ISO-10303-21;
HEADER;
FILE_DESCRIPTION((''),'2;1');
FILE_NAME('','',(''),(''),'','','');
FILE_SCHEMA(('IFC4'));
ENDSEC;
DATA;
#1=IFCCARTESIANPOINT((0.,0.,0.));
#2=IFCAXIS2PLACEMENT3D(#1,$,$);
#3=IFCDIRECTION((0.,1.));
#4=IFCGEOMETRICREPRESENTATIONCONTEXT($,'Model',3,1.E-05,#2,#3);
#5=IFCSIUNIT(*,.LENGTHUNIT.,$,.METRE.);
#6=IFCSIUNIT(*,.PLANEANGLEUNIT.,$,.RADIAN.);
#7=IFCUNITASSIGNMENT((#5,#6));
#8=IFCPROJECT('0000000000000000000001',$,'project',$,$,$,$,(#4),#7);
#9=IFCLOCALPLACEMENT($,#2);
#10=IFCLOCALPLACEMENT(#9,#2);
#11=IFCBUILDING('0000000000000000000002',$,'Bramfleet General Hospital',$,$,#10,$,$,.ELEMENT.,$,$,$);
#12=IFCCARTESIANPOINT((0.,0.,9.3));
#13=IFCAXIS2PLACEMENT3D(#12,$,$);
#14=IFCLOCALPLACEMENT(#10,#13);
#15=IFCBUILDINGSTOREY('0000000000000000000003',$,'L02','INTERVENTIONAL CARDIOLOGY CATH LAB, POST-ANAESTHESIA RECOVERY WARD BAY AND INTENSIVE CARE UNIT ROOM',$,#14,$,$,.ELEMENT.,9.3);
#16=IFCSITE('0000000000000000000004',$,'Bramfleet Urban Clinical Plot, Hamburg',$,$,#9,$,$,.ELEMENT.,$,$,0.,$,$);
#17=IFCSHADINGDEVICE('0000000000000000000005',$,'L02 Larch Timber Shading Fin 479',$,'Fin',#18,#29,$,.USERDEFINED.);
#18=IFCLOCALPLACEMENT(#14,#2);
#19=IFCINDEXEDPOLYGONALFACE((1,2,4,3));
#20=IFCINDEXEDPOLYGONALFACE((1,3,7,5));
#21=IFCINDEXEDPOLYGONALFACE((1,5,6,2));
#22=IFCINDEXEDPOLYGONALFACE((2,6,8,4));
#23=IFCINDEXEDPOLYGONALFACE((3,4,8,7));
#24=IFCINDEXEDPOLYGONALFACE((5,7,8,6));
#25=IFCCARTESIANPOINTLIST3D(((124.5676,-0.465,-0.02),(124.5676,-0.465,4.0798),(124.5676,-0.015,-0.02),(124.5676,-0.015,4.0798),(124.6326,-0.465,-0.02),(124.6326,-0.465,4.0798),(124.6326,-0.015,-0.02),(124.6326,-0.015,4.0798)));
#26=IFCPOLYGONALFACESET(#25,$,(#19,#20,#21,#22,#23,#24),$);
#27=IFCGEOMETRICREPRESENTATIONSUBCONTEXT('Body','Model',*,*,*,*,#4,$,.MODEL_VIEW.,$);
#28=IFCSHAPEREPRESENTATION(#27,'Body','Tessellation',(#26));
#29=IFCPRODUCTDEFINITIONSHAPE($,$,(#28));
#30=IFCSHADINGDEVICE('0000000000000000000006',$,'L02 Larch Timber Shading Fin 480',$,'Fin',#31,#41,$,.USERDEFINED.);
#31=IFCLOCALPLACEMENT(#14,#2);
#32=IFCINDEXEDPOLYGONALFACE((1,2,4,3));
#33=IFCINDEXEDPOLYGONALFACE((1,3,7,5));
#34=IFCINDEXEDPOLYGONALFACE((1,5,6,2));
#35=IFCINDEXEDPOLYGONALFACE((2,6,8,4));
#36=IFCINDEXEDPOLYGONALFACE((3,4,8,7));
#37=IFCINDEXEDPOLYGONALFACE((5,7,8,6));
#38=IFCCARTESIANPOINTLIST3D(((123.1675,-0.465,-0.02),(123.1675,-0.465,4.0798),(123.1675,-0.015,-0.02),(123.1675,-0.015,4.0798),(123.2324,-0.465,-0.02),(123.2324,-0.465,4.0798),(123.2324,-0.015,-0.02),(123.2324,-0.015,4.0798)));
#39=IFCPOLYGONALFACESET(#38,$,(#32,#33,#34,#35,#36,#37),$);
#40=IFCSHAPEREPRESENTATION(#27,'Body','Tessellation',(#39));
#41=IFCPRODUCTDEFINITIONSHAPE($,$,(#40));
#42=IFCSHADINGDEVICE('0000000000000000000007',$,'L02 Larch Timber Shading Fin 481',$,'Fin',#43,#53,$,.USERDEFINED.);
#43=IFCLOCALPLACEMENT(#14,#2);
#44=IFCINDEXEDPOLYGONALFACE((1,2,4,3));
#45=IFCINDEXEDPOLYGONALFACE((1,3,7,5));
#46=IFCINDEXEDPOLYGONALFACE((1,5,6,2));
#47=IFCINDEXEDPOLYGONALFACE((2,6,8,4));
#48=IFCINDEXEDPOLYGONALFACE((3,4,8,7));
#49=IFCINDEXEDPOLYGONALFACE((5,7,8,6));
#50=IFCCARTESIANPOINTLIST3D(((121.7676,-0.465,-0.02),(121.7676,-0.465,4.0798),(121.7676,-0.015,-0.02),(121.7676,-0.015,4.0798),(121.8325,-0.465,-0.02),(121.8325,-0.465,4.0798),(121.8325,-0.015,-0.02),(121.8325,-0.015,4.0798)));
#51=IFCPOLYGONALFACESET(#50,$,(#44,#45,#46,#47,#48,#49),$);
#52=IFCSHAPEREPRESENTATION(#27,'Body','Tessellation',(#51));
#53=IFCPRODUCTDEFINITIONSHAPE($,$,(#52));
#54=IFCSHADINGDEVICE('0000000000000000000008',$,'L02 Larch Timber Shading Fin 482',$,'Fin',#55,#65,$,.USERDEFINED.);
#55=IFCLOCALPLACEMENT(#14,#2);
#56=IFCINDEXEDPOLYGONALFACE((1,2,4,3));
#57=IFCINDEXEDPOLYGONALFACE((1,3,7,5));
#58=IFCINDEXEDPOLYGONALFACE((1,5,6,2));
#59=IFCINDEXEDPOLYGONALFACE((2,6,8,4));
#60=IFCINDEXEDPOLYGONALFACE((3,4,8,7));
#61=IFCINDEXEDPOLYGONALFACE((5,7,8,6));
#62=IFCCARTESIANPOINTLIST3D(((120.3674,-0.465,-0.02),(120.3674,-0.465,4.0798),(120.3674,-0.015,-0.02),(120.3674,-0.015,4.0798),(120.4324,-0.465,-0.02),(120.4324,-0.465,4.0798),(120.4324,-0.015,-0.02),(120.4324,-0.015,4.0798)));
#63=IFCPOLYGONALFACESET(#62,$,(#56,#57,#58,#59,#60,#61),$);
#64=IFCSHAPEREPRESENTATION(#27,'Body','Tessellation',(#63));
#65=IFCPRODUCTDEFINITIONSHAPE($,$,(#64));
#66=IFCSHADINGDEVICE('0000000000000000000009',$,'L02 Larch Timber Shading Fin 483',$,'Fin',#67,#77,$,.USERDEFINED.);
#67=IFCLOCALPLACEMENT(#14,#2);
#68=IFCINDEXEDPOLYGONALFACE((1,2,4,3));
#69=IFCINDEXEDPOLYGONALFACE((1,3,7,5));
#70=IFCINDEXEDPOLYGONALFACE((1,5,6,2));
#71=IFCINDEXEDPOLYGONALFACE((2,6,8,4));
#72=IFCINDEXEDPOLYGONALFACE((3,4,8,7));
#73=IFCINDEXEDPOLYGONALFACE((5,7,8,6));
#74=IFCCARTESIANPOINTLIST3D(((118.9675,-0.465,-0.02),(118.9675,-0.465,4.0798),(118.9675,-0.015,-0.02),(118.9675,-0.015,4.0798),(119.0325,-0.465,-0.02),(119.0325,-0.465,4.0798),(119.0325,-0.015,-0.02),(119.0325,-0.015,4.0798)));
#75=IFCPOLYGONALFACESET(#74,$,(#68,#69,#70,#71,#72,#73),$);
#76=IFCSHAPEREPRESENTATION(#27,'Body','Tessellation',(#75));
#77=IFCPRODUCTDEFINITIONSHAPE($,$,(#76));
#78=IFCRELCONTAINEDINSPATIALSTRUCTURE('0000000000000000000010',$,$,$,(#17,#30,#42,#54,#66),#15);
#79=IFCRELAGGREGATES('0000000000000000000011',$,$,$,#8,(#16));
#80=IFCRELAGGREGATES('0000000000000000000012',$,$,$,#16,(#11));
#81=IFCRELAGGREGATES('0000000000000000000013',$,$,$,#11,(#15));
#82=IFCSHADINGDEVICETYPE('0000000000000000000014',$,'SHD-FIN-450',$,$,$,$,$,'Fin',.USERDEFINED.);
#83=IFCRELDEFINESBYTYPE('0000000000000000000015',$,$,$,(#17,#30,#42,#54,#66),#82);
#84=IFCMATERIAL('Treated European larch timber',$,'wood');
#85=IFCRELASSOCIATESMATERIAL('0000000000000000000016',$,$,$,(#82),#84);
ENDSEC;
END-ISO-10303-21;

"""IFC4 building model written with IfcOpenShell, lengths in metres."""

from ifc_helpers import new_model, si_unit, direction, frame, origin, origin_2d, place, context, subcontext, project, spatial, rectangle, extrude, material, material_profile, profile_set, type_object, element, save


model = new_model("IFC4")

# Units and contexts
model_context = context("Model", 3, precision=1e-05, world=origin(), true_north=direction((0.0, 1.0)))
body_context = subcontext(model_context, "Body", "Model", "MODEL_VIEW")
ifc_project = project(units=[si_unit("LENGTHUNIT", "METRE"), si_unit("PLANEANGLEUNIT", "RADIAN")], contexts=[model_context])

# Site, building, storey
site_placement = place(None, origin())
site = spatial("IfcSite", under=ifc_project, at=site_placement, Name="Bramfleet Urban Clinical Plot, Hamburg", CompositionType="ELEMENT", RefElevation=0.0)
building_placement = place(site_placement, origin())
building = spatial("IfcBuilding", under=site, at=building_placement, Name="Bramfleet General Hospital", CompositionType="ELEMENT")
storey_placement = place(building_placement, frame((0.0, 0.0, 9.3)))
storey = spatial("IfcBuildingStorey", under=building, at=storey_placement, Name="L02", Description="INTERVENTIONAL CARDIOLOGY CATH LAB, POST-ANAESTHESIA RECOVERY WARD BAY AND INTENSIVE CARE UNIT ROOM", CompositionType="ELEMENT", Elevation=9.3)

# Shading devices
ifc_material_1 = material(Name="Treated European larch timber", Category="wood")
ifc_material_profile_1 = material_profile(ifc_material_1, rectangle(XDim=0.0649, YDim=0.45, at=origin_2d()), Name="LARCH FIN 450x65")
ifc_profile_set_1 = profile_set([ifc_material_profile_1], Name="Treated European larch timber")
shading_device_type = type_object("IfcShadingDeviceType", Name="SHD-FIN-450", ElementType="Fin", PredefinedType="USERDEFINED", material=ifc_profile_set_1)
for number, where, z_axis, x_axis, name in (
    (1, (124.6001, -0.24, -0.02), (0.0, 0.0, 1.0), (-1.0, 0.0, 0.0), "L02 Larch Timber Shading Fin 479"),
    (2, (123.2, -0.24, -0.02), (0.0, 0.0, 1.0), (-1.0, 0.0, 0.0), "L02 Larch Timber Shading Fin 480"),
    (3, (121.8, -0.24, -0.02), (0.0, 0.0, 1.0), (-1.0, 0.0, 0.0), "L02 Larch Timber Shading Fin 481"),
    (4, (120.3999, -0.24, -0.02), (0.0, 0.0, 1.0), (-1.0, 0.0, 0.0), "L02 Larch Timber Shading Fin 482"),
    (5, (119.0, -0.24, -0.02), (0.0, 0.0, 1.0), (-1.0, 0.0, 0.0), "L02 Larch Timber Shading Fin 483"),
):
    element("IfcShadingDevice", number, at=place(storey_placement, frame(where, z_axis=z_axis, x_axis=x_axis)), inside=storey, type_object=shading_device_type, Name=name, ObjectType="Fin", PredefinedType="USERDEFINED", context=body_context, shape_type="SweptSolid", body=[
        extrude(rectangle(XDim=0.0649, YDim=0.45, at=origin_2d()), origin(), (0.0, 0.0, 1.0), 4.0999),
    ])

save(model, "model.ifc")
